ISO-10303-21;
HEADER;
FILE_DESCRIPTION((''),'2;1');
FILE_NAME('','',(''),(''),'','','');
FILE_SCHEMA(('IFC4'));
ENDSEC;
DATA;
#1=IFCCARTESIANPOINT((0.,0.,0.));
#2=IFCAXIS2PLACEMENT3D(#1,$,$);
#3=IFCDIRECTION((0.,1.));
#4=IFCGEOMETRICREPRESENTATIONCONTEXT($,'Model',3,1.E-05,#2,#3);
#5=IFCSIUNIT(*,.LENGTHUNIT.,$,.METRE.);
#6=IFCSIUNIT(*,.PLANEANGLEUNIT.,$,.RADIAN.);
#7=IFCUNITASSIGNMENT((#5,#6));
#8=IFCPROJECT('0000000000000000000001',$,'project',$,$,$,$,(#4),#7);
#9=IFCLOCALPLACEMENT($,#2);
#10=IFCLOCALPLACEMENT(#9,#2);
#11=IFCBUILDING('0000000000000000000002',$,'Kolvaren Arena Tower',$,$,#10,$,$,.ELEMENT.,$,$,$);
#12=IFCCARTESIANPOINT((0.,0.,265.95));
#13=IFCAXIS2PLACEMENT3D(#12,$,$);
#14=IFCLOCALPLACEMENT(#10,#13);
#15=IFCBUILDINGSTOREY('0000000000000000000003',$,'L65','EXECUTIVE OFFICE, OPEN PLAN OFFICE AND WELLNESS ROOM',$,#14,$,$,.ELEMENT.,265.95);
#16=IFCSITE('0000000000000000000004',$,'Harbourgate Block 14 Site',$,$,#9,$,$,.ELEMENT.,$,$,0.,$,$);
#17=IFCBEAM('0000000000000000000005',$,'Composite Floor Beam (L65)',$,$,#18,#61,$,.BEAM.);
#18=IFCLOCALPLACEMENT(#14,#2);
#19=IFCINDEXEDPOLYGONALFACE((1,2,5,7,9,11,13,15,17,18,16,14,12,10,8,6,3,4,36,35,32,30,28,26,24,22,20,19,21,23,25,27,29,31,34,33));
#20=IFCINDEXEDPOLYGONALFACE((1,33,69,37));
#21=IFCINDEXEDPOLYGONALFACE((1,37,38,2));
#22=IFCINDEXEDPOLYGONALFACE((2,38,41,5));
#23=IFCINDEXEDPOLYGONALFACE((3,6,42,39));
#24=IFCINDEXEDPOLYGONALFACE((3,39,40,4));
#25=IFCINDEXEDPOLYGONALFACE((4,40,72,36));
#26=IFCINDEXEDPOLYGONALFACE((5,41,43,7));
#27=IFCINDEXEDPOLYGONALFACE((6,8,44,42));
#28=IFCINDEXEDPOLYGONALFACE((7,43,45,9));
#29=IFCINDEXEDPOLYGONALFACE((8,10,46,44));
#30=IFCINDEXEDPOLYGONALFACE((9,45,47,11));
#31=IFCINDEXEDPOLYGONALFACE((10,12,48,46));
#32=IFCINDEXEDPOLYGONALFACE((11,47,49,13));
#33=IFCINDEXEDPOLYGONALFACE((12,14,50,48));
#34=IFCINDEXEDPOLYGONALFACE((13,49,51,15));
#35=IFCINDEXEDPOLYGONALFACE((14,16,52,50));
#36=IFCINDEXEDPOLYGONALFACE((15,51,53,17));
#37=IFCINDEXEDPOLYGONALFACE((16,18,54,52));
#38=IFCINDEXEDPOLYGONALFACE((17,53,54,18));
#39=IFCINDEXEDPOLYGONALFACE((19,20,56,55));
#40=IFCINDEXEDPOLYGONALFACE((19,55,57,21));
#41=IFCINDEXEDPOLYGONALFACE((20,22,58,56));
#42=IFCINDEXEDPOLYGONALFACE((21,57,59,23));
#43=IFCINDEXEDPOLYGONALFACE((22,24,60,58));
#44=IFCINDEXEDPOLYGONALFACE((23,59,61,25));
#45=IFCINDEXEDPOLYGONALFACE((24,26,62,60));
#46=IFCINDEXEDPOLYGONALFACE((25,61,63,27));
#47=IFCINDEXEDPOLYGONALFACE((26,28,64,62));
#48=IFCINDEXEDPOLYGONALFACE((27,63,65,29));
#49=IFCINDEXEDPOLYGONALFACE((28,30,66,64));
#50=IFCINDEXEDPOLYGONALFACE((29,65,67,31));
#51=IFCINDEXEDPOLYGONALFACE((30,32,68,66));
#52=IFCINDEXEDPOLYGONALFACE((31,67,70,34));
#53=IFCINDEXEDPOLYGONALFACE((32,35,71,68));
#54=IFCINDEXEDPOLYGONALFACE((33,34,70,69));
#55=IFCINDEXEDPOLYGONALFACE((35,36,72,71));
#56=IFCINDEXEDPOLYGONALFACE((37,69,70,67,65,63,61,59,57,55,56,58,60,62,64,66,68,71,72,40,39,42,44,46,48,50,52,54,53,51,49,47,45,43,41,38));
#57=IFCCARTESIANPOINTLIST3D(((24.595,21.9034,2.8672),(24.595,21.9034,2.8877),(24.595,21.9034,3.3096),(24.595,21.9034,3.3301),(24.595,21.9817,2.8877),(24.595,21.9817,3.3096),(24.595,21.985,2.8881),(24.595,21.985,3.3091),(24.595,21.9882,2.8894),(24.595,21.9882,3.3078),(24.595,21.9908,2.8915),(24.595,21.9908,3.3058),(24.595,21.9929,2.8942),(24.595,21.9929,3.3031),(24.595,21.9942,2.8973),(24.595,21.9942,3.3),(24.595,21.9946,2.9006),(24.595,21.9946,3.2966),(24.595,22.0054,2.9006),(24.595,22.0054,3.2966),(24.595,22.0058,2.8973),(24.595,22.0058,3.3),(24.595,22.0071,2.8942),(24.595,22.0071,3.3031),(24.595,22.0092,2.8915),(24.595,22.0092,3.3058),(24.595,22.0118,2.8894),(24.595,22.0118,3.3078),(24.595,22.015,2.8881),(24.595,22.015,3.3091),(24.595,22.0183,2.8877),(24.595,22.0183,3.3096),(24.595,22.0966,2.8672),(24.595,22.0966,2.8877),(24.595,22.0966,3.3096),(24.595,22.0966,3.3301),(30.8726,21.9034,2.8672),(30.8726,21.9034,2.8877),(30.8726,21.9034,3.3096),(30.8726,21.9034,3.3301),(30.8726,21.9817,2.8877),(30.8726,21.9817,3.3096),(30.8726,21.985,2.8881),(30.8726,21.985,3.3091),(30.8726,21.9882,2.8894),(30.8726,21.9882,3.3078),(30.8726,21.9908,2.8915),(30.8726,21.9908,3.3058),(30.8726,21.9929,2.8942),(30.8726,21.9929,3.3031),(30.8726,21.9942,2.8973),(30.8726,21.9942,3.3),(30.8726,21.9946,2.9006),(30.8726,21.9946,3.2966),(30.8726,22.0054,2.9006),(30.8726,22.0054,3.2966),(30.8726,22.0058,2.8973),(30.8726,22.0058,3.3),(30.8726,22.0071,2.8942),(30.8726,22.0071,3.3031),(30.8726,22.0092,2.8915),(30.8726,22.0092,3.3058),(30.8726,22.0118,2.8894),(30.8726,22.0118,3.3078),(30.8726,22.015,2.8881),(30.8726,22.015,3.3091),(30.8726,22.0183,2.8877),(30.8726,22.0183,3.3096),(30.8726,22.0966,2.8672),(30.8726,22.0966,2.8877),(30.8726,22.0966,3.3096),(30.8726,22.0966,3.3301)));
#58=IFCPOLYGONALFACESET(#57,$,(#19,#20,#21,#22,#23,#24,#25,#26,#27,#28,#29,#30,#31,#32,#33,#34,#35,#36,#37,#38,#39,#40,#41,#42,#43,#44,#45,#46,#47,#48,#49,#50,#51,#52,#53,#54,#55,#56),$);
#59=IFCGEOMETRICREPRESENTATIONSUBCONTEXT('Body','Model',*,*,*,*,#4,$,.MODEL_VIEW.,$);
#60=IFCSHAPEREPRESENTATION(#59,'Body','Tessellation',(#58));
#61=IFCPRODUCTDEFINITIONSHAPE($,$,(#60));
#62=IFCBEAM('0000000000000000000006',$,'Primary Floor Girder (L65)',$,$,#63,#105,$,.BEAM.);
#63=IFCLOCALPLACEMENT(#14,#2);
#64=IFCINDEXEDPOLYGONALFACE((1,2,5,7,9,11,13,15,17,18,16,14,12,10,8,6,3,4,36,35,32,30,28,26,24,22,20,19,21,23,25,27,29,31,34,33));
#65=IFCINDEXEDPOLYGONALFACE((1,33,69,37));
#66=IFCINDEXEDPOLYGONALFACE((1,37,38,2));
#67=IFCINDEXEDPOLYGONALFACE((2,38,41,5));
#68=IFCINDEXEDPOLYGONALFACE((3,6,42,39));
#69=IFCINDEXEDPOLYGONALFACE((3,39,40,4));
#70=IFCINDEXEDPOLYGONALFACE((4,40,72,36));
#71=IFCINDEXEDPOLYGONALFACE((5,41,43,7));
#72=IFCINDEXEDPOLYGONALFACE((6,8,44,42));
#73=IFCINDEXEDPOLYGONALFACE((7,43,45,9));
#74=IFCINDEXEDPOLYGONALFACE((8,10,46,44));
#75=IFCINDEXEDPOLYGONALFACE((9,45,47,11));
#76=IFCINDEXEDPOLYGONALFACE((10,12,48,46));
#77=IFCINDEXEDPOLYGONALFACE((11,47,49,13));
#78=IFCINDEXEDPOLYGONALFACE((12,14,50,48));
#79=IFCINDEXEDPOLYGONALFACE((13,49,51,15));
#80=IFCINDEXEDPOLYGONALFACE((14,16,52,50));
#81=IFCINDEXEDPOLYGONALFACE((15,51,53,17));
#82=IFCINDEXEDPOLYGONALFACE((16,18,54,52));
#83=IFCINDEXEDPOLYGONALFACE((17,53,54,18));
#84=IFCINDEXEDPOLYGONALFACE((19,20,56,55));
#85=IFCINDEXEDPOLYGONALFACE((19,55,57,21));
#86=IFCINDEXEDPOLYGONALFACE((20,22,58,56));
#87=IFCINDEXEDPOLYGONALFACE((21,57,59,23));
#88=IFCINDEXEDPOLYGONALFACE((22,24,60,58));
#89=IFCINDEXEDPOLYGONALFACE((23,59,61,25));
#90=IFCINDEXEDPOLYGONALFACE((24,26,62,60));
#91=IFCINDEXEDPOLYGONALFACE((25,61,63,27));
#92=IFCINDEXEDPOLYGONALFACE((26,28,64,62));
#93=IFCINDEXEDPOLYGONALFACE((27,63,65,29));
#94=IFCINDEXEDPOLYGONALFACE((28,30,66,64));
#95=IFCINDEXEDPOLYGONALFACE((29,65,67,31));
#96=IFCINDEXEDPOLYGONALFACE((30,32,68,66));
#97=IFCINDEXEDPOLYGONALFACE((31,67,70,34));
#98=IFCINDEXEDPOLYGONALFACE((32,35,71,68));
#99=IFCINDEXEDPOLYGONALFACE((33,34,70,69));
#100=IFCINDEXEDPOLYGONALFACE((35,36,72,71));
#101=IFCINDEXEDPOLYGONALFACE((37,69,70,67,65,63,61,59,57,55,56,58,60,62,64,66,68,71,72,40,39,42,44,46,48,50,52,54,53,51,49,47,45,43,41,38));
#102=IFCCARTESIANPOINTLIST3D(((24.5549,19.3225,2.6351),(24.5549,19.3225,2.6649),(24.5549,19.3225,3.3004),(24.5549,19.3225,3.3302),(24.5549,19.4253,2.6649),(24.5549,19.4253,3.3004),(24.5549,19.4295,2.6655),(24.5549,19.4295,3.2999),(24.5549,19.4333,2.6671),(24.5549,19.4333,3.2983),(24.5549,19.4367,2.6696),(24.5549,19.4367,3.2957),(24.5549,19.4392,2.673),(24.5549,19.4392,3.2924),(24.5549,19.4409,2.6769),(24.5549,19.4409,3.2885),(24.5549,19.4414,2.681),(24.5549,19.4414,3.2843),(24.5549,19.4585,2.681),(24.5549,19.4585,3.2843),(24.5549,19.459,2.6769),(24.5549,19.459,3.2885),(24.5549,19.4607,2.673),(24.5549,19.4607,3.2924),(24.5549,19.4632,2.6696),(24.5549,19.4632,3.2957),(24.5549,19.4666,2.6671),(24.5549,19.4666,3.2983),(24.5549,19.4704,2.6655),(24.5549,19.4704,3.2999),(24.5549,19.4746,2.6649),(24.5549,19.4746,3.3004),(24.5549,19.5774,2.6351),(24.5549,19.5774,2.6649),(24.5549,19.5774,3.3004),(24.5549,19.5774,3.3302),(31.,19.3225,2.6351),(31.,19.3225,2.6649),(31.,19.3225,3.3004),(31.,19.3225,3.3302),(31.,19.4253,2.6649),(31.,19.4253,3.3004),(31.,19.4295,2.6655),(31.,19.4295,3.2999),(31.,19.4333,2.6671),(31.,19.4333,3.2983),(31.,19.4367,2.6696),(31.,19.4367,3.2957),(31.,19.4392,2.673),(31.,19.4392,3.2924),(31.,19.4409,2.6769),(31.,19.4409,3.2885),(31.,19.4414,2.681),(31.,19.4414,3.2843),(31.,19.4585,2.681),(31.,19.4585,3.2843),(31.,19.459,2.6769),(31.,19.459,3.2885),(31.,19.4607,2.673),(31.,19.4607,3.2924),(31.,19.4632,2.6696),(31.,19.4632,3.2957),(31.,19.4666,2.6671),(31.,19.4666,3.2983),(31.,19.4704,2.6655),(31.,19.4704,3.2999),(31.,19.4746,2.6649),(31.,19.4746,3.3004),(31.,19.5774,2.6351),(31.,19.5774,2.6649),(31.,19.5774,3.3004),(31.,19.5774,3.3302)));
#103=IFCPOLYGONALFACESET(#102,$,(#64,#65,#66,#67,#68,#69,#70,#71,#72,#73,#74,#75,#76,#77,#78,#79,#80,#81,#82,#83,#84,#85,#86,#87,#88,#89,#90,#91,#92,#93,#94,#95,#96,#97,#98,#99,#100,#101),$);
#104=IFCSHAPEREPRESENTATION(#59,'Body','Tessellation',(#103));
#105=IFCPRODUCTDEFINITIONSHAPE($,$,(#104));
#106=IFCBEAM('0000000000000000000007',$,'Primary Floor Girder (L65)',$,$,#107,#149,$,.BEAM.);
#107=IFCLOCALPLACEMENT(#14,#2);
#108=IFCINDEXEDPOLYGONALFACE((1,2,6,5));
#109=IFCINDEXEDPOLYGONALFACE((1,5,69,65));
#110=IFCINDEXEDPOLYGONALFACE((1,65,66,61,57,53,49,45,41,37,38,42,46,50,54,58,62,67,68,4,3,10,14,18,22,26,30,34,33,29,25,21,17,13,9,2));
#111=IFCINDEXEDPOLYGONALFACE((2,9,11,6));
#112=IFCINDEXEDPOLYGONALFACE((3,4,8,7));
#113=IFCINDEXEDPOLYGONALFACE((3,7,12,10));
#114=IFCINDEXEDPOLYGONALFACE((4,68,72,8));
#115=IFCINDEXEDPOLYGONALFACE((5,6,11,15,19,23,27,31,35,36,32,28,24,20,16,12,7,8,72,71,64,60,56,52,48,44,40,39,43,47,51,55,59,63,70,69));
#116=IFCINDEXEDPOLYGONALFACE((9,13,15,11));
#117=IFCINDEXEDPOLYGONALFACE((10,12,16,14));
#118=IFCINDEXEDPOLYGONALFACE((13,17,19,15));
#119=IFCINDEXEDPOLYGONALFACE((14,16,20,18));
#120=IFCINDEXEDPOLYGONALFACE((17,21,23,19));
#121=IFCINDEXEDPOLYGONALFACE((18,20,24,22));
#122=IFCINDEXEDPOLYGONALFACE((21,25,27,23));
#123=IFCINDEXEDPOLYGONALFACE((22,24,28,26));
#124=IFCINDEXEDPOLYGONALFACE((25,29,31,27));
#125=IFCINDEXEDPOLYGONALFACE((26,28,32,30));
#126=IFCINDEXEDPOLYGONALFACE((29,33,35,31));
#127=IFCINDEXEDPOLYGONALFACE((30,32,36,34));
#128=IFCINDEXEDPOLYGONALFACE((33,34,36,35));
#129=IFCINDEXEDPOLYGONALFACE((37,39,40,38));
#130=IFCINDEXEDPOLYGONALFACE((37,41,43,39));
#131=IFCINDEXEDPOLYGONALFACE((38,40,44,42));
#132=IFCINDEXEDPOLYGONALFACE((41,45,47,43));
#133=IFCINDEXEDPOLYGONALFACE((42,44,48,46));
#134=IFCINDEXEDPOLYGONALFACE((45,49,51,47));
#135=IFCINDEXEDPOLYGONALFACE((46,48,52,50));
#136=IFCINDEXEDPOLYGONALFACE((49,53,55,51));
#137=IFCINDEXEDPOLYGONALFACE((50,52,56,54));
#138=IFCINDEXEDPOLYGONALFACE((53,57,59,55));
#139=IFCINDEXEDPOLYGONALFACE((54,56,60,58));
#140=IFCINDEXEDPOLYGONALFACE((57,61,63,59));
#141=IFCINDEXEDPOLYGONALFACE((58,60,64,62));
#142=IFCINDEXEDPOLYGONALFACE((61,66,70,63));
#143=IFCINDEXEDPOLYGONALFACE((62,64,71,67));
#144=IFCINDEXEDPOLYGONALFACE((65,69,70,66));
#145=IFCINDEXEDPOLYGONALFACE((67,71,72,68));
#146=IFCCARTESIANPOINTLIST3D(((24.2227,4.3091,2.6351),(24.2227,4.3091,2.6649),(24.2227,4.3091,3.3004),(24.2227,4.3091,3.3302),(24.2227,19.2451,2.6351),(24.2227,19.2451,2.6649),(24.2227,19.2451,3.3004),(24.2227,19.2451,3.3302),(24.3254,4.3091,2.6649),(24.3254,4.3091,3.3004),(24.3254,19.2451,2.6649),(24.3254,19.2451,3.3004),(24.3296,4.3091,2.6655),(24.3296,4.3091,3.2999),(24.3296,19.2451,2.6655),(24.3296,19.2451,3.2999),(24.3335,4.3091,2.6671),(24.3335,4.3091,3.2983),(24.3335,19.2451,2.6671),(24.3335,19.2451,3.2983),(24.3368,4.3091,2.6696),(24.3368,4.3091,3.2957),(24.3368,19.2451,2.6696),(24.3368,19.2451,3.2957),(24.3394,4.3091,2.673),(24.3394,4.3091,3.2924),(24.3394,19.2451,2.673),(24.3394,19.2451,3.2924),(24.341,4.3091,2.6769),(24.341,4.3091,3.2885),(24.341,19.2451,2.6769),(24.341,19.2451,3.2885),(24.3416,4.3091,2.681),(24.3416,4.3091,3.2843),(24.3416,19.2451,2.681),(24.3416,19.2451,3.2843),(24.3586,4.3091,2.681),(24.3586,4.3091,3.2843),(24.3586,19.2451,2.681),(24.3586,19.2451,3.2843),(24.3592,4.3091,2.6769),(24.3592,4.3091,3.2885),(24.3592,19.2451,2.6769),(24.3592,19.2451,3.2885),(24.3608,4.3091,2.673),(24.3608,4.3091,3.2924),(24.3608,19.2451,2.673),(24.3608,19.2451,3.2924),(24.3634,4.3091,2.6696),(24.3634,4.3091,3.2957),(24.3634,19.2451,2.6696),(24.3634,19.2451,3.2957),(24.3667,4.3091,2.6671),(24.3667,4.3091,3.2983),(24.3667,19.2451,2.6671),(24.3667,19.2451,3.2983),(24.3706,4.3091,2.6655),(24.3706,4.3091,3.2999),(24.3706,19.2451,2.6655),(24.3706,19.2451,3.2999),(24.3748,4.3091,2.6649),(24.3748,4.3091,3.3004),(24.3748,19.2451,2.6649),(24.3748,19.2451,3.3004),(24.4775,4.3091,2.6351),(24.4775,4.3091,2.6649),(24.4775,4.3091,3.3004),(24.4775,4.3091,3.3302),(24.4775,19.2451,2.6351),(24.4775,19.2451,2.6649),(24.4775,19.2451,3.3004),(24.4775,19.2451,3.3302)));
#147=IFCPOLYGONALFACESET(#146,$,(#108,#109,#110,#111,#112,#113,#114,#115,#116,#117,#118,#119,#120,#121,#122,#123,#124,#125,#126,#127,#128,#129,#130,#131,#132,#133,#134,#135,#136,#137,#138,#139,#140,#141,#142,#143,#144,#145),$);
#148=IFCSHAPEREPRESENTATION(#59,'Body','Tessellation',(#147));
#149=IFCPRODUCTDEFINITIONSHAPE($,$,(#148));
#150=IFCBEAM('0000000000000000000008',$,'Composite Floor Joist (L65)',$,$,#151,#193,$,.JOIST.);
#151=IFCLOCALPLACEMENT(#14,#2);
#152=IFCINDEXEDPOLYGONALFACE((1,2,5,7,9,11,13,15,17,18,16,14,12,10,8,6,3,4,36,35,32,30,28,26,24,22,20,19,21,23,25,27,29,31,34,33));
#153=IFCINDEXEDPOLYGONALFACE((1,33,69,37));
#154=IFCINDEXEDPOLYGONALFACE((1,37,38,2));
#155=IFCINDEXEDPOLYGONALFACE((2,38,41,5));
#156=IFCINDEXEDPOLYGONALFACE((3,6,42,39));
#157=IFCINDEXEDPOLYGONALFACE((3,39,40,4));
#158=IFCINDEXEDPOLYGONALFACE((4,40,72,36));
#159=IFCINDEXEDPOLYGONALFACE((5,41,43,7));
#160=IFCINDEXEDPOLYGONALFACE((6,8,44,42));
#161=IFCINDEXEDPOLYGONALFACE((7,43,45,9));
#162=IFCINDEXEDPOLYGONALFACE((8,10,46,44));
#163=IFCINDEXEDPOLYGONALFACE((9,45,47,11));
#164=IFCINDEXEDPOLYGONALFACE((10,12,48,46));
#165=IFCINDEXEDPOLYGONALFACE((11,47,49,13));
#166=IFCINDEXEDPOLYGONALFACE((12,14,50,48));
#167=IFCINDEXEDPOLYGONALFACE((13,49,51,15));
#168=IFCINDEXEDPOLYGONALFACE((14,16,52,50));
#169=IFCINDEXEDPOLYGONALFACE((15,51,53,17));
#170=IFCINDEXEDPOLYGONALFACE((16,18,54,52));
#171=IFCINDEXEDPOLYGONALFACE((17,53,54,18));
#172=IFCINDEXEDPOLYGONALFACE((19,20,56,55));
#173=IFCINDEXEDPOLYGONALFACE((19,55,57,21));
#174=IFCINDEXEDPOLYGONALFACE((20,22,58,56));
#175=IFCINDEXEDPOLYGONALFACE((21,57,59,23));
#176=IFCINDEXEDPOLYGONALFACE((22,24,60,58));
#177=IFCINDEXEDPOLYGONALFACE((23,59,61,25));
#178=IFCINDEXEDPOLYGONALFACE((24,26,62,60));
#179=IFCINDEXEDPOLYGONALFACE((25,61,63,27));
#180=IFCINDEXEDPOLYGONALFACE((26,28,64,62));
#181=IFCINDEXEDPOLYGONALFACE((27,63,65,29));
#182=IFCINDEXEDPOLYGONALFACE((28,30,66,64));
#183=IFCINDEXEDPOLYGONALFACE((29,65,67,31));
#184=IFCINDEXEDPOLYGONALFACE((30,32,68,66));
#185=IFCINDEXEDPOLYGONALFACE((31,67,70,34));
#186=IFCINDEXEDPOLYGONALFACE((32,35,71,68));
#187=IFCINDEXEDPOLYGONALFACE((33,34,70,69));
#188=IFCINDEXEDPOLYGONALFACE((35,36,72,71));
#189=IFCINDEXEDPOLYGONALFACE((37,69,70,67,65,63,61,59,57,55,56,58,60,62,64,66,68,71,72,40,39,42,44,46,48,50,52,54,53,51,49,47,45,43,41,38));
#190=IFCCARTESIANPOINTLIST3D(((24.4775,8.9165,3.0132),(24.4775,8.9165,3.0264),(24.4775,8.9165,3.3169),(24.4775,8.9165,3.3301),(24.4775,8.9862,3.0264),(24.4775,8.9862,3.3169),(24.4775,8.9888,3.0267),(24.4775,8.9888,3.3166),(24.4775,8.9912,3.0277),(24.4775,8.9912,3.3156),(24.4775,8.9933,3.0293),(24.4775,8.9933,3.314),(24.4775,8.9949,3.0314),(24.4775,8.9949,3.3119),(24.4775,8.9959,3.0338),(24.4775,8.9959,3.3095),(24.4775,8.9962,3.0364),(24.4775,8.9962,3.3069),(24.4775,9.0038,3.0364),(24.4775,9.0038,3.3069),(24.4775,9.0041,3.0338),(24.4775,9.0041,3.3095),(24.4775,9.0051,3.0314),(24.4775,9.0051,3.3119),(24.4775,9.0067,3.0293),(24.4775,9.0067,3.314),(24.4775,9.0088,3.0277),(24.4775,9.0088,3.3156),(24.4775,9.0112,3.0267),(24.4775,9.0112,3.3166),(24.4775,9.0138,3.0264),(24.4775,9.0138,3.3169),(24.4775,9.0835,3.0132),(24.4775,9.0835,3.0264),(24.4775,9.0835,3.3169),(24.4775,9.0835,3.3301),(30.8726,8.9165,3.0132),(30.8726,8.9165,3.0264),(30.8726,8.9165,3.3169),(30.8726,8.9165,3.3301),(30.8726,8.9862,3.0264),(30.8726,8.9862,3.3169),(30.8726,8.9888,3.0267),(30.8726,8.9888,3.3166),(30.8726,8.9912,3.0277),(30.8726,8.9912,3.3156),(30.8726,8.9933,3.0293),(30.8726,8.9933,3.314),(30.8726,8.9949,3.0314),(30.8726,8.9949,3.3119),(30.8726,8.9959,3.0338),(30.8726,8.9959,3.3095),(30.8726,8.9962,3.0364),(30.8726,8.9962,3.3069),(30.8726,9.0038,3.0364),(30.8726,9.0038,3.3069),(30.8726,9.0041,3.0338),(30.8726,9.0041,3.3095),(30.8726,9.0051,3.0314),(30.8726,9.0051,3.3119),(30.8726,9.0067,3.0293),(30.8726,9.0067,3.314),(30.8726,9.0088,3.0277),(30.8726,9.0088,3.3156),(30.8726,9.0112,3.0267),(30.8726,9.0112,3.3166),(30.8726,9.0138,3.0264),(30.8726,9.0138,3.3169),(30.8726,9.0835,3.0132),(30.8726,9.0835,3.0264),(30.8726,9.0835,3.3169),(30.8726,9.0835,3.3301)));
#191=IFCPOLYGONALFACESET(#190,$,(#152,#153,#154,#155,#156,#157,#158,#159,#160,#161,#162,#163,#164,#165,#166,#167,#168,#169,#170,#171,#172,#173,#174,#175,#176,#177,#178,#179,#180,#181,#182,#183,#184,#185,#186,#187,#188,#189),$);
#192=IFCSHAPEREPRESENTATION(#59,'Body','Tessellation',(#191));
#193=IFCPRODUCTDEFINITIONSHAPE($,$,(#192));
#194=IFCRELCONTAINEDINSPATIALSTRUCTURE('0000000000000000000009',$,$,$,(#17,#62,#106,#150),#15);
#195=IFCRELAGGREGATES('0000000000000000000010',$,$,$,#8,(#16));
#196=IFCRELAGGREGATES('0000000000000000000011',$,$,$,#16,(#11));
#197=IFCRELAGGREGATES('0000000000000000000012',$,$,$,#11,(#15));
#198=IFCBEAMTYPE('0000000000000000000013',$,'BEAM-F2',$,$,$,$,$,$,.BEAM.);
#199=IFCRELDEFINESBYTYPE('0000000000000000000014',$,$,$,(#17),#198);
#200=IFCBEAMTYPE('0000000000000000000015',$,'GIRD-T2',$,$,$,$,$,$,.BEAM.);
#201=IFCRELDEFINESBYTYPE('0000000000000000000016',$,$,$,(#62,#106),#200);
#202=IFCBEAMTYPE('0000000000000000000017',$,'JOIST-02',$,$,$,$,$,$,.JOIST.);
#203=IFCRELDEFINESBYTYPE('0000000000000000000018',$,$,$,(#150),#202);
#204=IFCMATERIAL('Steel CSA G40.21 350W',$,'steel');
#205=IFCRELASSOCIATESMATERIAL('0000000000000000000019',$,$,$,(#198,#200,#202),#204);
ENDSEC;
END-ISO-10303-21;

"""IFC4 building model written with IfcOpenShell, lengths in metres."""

from ifc_helpers import new_model, si_unit, direction, frame, origin, origin_2d, place, context, subcontext, project, spatial, i_section, extrude, material, material_profile, profile_set, type_object, element, save


model = new_model("IFC4")

# Units and contexts
model_context = context("Model", 3, precision=1e-05, world=origin(), true_north=direction((0.0, 1.0)))
body_context = subcontext(model_context, "Body", "Model", "MODEL_VIEW")
ifc_project = project(units=[si_unit("LENGTHUNIT", "METRE"), si_unit("PLANEANGLEUNIT", "RADIAN")], contexts=[model_context])

# Site, building, storey
site_placement = place(None, origin())
site = spatial("IfcSite", under=ifc_project, at=site_placement, Name="Harbourgate Block 14 Site", CompositionType="ELEMENT", RefElevation=0.0)
building_placement = place(site_placement, origin())
building = spatial("IfcBuilding", under=site, at=building_placement, Name="Kolvaren Arena Tower", CompositionType="ELEMENT")
storey_placement = place(building_placement, frame((0.0, 0.0, 265.95)))
storey = spatial("IfcBuildingStorey", under=building, at=storey_placement, Name="L65", Description="EXECUTIVE OFFICE, OPEN PLAN OFFICE AND WELLNESS ROOM", CompositionType="ELEMENT", Elevation=265.95)

# Beams
ifc_material_1 = material(Name="Steel CSA G40.21 350W", Category="steel")
ifc_material_profile_1 = material_profile(ifc_material_1, i_section(OverallWidth=0.1931, OverallDepth=0.4629, WebThickness=0.0107, FlangeThickness=0.0205, FilletRadius=0.0129, at=origin_2d()), Name="W460x113")
ifc_profile_set_1 = profile_set([ifc_material_profile_1], Name="Steel CSA G40.21 350W")
beam_type_1 = type_object("IfcBeamType", Name="BEAM-F2", PredefinedType="BEAM", material=ifc_profile_set_1)
beam_1_placement = place(storey_placement, frame((24.595, 22.0, 3.0986), z_axis=(1.0, 0.0, 0.0), x_axis=(0.0, 1.0, 0.0)))
element("IfcBeam", 1, at=beam_1_placement, inside=storey, type_object=beam_type_1, Name="Composite Floor Beam (L65)", PredefinedType="BEAM", context=body_context, shape_type="SweptSolid", body=[
    extrude(i_section(OverallWidth=0.1931, OverallDepth=0.4629, WebThickness=0.0107, FlangeThickness=0.0205, FilletRadius=0.0129, at=origin_2d()), origin(), (0.0, 0.0, 1.0), 6.2776),
])
ifc_material_profile_2 = material_profile(ifc_material_1, i_section(OverallWidth=0.2549, OverallDepth=0.6951, WebThickness=0.0171, FlangeThickness=0.0298, FilletRadius=0.0161, at=origin_2d()), Name="W690x217")
ifc_profile_set_2 = profile_set([ifc_material_profile_2], Name="Steel CSA G40.21 350W")
beam_type_2 = type_object("IfcBeamType", Name="GIRD-T2", PredefinedType="BEAM", material=ifc_profile_set_2)
beam_2_placement = place(storey_placement, frame((24.5549, 19.45, 2.9827), z_axis=(1.0, 0.0, 0.0), x_axis=(0.0, 1.0, 0.0)))
element("IfcBeam", 2, at=beam_2_placement, inside=storey, type_object=beam_type_2, Name="Primary Floor Girder (L65)", PredefinedType="BEAM", context=body_context, shape_type="SweptSolid", body=[
    extrude(i_section(OverallWidth=0.2549, OverallDepth=0.6951, WebThickness=0.0171, FlangeThickness=0.0298, FilletRadius=0.0161, at=origin_2d()), origin(), (0.0, 0.0, 1.0), 6.4451),
])
beam_3_placement = place(storey_placement, frame((24.3501, 4.3091, 2.9827), z_axis=(0.0, 1.0, 0.0), x_axis=(-1.0, 0.0, 0.0)))
element("IfcBeam", 3, at=beam_3_placement, inside=storey, type_object=beam_type_2, Name="Primary Floor Girder (L65)", PredefinedType="BEAM", context=body_context, shape_type="SweptSolid", body=[
    extrude(i_section(OverallWidth=0.2549, OverallDepth=0.6951, WebThickness=0.0171, FlangeThickness=0.0298, FilletRadius=0.0161, at=origin_2d()), origin(), (0.0, 0.0, 1.0), 14.936),
])
ifc_material_profile_3 = material_profile(ifc_material_1, i_section(OverallWidth=0.167, OverallDepth=0.3169, WebThickness=0.0076, FlangeThickness=0.0132, FilletRadius=0.01, at=origin_2d()), Name="W310x52")
ifc_profile_set_3 = profile_set([ifc_material_profile_3], Name="Steel CSA G40.21 350W")
beam_type_3 = type_object("IfcBeamType", Name="JOIST-02", PredefinedType="JOIST", material=ifc_profile_set_3)
for number, where, z_axis, x_axis, name in (
    (4, (24.4775, 9.0, 3.1716), (1.0, 0.0, 0.0), (0.0, 1.0, 0.0), "Composite Floor Joist (L65)"),
):
    element("IfcBeam", number, at=place(storey_placement, frame(where, z_axis=z_axis, x_axis=x_axis)), inside=storey, type_object=beam_type_3, Name=name, PredefinedType="JOIST", context=body_context, shape_type="SweptSolid", body=[
        extrude(i_section(OverallWidth=0.167, OverallDepth=0.3169, WebThickness=0.0076, FlangeThickness=0.0132, FilletRadius=0.01, at=origin_2d()), origin(), (0.0, 0.0, 1.0), 6.395),
    ])

save(model, "model.ifc")
